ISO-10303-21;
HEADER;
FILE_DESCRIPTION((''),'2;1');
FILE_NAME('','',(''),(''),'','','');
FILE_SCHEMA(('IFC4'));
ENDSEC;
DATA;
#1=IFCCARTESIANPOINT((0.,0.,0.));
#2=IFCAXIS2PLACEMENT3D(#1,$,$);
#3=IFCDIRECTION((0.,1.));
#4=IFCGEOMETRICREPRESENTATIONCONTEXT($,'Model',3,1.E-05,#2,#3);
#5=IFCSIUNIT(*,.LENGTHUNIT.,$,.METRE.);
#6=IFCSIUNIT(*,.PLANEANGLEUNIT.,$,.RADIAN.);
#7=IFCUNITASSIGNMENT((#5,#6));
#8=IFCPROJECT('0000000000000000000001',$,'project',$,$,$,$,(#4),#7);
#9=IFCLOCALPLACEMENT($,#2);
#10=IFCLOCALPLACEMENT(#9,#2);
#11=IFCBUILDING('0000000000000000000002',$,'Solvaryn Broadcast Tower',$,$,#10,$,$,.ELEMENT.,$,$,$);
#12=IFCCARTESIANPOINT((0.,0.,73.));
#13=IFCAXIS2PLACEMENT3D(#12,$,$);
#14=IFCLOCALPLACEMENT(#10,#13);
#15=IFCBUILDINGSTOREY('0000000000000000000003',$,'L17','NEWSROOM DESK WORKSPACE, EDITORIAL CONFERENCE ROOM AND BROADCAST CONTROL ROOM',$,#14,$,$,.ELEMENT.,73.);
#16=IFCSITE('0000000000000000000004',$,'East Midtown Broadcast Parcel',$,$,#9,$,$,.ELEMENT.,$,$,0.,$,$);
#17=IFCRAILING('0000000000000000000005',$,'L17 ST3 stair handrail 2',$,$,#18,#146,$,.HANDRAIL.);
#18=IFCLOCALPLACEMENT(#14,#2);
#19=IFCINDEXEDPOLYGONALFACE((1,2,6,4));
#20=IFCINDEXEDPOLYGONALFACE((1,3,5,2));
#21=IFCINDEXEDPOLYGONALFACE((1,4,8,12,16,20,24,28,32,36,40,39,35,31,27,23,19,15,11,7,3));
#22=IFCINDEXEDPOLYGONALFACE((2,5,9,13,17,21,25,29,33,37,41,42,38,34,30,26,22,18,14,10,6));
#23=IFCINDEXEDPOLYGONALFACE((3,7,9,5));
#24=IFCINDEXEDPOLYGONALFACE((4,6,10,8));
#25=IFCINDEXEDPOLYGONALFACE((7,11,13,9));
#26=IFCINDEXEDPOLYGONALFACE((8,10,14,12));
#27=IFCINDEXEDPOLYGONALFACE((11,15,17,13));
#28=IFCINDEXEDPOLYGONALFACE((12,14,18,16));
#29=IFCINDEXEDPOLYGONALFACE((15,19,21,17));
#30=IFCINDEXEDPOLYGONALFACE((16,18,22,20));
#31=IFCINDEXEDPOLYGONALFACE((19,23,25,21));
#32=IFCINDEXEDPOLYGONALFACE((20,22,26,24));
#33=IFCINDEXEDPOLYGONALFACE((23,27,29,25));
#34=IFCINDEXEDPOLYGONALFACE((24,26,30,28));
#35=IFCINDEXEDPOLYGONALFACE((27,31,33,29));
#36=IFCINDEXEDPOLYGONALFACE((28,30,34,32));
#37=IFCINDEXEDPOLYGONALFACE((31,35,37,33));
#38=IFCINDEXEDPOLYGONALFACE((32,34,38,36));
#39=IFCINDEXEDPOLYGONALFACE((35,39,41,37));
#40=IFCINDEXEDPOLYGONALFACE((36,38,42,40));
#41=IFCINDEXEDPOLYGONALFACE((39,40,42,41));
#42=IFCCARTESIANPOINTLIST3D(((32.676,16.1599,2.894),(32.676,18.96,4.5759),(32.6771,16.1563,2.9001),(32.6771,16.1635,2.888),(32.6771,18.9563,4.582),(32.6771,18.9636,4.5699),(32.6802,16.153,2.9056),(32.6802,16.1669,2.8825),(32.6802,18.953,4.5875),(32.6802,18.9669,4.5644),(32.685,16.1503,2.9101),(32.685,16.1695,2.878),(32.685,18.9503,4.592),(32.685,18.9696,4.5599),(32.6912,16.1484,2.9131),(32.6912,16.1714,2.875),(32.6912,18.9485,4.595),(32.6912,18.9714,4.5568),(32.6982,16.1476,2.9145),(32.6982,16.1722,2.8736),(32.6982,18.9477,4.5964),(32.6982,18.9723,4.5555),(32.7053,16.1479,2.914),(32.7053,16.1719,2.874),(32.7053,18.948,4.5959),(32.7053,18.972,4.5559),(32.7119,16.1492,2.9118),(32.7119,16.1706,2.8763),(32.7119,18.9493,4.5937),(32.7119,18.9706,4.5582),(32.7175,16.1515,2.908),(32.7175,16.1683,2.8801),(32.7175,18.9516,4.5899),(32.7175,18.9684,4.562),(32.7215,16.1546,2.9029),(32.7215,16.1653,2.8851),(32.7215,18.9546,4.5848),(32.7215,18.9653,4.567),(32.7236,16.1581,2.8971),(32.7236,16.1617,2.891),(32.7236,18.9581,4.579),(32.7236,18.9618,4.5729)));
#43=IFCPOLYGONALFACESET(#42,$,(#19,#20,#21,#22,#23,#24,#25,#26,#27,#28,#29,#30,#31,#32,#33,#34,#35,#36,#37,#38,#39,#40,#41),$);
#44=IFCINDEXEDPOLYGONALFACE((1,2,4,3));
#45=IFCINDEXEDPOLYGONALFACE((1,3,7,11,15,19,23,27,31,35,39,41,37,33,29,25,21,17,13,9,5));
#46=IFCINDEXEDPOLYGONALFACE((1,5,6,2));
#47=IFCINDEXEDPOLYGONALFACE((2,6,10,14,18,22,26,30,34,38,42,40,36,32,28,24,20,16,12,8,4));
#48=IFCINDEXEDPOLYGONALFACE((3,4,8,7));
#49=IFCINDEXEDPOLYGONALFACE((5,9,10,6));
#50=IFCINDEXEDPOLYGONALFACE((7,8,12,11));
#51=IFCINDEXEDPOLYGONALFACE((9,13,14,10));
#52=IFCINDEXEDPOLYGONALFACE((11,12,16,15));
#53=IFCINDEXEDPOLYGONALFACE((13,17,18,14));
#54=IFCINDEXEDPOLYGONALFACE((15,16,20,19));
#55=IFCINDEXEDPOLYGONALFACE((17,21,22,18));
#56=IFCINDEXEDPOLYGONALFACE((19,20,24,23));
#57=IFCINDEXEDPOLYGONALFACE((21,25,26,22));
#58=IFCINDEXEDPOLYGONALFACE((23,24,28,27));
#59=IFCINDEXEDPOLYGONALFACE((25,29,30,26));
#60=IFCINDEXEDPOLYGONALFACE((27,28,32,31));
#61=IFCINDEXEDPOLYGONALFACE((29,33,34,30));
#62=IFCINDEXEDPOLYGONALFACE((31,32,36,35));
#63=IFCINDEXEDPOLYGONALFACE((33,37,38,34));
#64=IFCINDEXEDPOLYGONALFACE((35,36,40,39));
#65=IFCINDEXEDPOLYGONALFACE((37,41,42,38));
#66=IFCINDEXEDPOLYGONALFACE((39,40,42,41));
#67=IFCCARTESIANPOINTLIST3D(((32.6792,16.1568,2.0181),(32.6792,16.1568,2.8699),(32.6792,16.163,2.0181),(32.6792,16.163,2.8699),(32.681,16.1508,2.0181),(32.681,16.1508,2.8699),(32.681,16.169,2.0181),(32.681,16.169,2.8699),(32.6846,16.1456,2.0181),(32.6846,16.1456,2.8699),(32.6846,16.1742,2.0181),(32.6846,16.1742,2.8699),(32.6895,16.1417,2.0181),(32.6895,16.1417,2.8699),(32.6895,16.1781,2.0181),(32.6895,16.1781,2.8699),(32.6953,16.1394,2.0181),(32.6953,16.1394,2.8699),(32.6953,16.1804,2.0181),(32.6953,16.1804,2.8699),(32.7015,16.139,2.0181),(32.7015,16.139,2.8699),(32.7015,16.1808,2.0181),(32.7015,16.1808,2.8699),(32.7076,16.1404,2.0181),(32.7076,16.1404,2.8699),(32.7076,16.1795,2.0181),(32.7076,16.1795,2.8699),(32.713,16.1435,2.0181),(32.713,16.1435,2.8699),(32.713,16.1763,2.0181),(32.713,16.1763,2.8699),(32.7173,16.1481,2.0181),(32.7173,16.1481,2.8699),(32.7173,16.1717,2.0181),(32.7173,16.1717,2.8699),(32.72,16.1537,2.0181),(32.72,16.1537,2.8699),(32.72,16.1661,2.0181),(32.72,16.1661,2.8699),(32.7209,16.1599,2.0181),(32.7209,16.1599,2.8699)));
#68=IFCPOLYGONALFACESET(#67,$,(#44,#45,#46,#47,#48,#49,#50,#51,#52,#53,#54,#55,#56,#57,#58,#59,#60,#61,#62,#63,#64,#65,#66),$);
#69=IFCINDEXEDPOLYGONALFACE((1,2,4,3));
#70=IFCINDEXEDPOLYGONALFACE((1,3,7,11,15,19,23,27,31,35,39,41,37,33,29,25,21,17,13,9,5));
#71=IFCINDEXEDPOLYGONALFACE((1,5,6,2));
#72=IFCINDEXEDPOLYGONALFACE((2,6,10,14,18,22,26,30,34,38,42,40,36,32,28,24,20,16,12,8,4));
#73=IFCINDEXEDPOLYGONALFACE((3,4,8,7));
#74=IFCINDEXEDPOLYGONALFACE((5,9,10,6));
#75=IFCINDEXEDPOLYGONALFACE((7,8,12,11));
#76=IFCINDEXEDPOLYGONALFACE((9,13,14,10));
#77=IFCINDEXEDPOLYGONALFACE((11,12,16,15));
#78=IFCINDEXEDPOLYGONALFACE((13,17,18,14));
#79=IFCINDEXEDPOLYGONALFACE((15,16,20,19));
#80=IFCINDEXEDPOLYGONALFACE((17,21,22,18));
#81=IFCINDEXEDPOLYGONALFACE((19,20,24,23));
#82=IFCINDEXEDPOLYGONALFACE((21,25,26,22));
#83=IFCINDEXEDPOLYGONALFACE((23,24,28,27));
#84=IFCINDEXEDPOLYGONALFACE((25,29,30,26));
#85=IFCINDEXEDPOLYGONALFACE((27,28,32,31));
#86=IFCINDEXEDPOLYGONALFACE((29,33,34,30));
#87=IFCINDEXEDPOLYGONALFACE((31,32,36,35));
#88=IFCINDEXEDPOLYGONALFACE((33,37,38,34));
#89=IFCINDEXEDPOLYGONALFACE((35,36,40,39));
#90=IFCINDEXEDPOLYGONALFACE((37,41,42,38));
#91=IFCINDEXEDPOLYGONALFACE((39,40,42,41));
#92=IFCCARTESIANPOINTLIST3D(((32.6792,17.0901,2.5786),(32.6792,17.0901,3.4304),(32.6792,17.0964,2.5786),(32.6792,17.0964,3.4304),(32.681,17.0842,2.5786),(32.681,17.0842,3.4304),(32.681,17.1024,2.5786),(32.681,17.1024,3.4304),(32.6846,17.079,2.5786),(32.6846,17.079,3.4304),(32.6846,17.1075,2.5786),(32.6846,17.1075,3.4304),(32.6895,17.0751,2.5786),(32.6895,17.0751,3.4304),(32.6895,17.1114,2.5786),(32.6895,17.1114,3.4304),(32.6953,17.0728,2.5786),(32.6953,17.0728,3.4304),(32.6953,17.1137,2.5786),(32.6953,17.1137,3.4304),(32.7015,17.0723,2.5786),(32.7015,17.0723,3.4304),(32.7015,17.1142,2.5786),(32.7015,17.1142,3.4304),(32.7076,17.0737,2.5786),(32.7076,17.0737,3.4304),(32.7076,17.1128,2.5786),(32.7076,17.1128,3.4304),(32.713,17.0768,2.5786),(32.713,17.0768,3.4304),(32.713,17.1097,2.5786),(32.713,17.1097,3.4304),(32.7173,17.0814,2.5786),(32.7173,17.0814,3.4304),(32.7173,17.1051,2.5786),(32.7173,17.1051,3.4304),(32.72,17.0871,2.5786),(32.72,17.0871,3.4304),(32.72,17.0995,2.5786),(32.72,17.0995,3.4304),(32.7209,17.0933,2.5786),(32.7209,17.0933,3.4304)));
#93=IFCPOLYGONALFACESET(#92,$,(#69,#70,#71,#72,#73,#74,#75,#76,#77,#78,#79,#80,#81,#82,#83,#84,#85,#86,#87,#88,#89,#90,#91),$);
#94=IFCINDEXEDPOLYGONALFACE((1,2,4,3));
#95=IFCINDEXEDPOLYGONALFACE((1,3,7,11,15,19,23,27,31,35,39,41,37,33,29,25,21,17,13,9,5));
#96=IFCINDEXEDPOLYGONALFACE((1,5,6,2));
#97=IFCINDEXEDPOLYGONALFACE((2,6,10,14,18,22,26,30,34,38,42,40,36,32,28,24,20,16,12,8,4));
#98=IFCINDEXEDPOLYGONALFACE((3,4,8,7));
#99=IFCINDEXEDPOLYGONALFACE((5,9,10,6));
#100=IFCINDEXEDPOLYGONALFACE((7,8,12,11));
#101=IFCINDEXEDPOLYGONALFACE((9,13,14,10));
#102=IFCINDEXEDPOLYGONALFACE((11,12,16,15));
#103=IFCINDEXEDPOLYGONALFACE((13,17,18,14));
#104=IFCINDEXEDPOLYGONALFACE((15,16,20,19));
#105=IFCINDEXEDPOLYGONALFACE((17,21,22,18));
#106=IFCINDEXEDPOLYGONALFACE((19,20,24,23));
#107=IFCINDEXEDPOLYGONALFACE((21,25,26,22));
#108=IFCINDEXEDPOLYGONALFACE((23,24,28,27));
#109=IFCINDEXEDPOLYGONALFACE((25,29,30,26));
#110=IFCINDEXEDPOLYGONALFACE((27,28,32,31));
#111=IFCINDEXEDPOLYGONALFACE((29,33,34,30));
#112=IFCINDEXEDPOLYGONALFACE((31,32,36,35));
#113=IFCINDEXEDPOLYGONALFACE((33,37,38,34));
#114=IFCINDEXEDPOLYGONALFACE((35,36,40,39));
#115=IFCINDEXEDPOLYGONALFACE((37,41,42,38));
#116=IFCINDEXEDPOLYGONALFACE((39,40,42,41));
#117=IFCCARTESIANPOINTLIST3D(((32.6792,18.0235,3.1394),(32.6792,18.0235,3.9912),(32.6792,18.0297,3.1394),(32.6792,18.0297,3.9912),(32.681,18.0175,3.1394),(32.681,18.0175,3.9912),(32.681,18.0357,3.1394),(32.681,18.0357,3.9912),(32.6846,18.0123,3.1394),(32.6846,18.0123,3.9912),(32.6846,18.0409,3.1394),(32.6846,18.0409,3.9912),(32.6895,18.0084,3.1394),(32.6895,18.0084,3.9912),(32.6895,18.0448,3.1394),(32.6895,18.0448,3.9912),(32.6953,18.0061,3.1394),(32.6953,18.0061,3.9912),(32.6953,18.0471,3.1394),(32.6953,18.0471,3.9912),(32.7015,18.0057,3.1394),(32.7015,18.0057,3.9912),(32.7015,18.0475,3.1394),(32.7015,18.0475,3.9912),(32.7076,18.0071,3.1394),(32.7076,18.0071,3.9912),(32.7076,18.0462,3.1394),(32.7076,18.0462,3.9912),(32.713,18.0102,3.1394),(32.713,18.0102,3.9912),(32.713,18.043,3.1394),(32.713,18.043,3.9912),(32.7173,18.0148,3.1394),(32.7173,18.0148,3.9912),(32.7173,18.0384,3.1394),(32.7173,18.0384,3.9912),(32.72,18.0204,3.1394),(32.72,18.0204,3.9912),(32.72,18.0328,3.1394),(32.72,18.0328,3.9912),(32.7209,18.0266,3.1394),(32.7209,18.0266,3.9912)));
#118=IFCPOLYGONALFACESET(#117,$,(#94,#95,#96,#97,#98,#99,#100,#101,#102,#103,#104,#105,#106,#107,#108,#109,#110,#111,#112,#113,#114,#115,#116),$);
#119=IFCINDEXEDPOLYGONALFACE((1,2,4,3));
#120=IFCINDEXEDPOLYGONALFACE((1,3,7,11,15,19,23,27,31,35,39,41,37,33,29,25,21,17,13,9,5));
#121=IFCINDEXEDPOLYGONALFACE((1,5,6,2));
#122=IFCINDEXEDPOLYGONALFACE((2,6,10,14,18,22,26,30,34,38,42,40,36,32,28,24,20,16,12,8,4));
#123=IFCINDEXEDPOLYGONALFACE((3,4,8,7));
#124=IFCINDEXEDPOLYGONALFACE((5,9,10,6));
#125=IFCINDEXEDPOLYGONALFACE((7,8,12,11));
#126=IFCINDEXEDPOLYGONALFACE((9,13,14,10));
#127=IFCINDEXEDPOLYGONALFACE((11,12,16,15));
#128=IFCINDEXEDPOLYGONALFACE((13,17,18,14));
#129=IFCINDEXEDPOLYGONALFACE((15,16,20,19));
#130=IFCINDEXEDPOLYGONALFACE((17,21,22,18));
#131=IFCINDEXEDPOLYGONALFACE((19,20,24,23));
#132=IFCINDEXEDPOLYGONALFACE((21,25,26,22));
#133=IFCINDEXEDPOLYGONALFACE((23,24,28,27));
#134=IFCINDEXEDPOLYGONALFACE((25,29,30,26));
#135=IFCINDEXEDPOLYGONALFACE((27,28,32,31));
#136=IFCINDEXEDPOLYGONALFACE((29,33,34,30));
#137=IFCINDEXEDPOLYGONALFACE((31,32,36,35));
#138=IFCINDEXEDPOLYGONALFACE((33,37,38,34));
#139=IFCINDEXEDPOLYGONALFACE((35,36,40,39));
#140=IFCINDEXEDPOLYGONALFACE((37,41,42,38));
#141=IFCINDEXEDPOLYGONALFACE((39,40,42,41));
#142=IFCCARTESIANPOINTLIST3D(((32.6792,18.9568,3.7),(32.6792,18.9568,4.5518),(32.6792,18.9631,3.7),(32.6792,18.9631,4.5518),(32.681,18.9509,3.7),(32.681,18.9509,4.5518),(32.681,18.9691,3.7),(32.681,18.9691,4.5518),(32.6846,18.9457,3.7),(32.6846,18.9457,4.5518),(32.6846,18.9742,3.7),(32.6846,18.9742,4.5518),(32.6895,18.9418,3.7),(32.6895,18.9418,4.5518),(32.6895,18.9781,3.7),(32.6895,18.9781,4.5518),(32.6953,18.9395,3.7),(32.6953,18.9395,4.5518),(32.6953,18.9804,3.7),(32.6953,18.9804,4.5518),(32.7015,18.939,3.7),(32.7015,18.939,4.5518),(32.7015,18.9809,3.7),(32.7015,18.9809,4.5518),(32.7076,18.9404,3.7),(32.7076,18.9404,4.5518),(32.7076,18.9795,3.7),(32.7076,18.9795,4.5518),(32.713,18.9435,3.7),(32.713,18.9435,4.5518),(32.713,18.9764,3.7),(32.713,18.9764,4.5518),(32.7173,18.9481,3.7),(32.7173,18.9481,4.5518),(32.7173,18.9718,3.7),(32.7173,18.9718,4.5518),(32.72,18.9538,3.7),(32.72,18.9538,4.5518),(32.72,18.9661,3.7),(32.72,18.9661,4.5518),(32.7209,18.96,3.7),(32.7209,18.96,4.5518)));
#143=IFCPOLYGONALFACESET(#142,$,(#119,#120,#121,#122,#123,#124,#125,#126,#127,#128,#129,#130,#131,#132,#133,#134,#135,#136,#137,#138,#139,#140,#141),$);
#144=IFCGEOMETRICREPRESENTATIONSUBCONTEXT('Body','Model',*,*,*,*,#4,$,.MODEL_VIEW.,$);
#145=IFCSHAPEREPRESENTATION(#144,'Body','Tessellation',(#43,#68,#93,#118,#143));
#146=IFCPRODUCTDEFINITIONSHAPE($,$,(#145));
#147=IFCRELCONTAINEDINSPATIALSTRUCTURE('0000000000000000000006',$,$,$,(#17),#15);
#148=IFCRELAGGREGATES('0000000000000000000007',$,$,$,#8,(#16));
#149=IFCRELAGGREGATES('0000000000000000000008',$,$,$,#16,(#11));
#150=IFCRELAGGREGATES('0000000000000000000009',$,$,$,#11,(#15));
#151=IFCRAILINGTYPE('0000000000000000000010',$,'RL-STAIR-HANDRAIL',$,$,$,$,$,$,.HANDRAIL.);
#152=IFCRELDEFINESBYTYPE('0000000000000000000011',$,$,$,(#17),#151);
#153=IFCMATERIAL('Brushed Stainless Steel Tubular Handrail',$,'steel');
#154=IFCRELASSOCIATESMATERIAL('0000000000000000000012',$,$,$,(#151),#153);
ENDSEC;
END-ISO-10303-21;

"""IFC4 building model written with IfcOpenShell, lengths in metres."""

from ifc_helpers import new_model, si_unit, direction, frame, origin, origin_2d, place, context, subcontext, project, spatial, circle, extrude, material, type_object, element, save


model = new_model("IFC4")

# Units and contexts
model_context = context("Model", 3, precision=1e-05, world=origin(), true_north=direction((0.0, 1.0)))
body_context = subcontext(model_context, "Body", "Model", "MODEL_VIEW")
ifc_project = project(units=[si_unit("LENGTHUNIT", "METRE"), si_unit("PLANEANGLEUNIT", "RADIAN")], contexts=[model_context])

# Site, building, storey
site_placement = place(None, origin())
site = spatial("IfcSite", under=ifc_project, at=site_placement, Name="East Midtown Broadcast Parcel", CompositionType="ELEMENT", RefElevation=0.0)
building_placement = place(site_placement, origin())
building = spatial("IfcBuilding", under=site, at=building_placement, Name="Solvaryn Broadcast Tower", CompositionType="ELEMENT")
storey_placement = place(building_placement, frame((0.0, 0.0, 73.0)))
storey = spatial("IfcBuildingStorey", under=building, at=storey_placement, Name="L17", Description="NEWSROOM DESK WORKSPACE, EDITORIAL CONFERENCE ROOM AND BROADCAST CONTROL ROOM", CompositionType="ELEMENT", Elevation=73.0)

# Railing
ifc_material_1 = material(Name="Brushed Stainless Steel Tubular Handrail", Category="steel")
railing_type_1 = type_object("IfcRailingType", Name="RL-STAIR-HANDRAIL", PredefinedType="HANDRAIL", material=ifc_material_1)
railing_1_placement = place(storey_placement, frame((32.7, 16.1599, 2.0181)))
element("IfcRailing", 1, at=railing_1_placement, inside=storey, type_object=railing_type_1, Name="L17 ST3 stair handrail 2", PredefinedType="HANDRAIL", context=body_context, shape_type="SweptSolid", body=[
    extrude(circle(Radius=0.0239, at=origin_2d()), frame((0.0, 0.0, 0.876), z_axis=(0.0, 0.857242, 0.514913), x_axis=(-1.0, 0.0, 0.0)), (0.0, 0.0, 1.0), 3.2664),
    extrude(circle(Radius=0.021, at=origin_2d()), origin(), (0.0, 0.0, 1.0), 0.8518),
    extrude(circle(Radius=0.021, at=origin_2d()), frame((0.0, 0.9333, 0.5605)), (0.0, 0.0, 1.0), 0.8518),
    extrude(circle(Radius=0.021, at=origin_2d()), frame((0.0, 1.8667, 1.1213)), (0.0, 0.0, 1.0), 0.8518),
    extrude(circle(Radius=0.021, at=origin_2d()), frame((0.0, 2.8, 1.6819)), (0.0, 0.0, 1.0), 0.8518),
])

save(model, "model.ifc")
